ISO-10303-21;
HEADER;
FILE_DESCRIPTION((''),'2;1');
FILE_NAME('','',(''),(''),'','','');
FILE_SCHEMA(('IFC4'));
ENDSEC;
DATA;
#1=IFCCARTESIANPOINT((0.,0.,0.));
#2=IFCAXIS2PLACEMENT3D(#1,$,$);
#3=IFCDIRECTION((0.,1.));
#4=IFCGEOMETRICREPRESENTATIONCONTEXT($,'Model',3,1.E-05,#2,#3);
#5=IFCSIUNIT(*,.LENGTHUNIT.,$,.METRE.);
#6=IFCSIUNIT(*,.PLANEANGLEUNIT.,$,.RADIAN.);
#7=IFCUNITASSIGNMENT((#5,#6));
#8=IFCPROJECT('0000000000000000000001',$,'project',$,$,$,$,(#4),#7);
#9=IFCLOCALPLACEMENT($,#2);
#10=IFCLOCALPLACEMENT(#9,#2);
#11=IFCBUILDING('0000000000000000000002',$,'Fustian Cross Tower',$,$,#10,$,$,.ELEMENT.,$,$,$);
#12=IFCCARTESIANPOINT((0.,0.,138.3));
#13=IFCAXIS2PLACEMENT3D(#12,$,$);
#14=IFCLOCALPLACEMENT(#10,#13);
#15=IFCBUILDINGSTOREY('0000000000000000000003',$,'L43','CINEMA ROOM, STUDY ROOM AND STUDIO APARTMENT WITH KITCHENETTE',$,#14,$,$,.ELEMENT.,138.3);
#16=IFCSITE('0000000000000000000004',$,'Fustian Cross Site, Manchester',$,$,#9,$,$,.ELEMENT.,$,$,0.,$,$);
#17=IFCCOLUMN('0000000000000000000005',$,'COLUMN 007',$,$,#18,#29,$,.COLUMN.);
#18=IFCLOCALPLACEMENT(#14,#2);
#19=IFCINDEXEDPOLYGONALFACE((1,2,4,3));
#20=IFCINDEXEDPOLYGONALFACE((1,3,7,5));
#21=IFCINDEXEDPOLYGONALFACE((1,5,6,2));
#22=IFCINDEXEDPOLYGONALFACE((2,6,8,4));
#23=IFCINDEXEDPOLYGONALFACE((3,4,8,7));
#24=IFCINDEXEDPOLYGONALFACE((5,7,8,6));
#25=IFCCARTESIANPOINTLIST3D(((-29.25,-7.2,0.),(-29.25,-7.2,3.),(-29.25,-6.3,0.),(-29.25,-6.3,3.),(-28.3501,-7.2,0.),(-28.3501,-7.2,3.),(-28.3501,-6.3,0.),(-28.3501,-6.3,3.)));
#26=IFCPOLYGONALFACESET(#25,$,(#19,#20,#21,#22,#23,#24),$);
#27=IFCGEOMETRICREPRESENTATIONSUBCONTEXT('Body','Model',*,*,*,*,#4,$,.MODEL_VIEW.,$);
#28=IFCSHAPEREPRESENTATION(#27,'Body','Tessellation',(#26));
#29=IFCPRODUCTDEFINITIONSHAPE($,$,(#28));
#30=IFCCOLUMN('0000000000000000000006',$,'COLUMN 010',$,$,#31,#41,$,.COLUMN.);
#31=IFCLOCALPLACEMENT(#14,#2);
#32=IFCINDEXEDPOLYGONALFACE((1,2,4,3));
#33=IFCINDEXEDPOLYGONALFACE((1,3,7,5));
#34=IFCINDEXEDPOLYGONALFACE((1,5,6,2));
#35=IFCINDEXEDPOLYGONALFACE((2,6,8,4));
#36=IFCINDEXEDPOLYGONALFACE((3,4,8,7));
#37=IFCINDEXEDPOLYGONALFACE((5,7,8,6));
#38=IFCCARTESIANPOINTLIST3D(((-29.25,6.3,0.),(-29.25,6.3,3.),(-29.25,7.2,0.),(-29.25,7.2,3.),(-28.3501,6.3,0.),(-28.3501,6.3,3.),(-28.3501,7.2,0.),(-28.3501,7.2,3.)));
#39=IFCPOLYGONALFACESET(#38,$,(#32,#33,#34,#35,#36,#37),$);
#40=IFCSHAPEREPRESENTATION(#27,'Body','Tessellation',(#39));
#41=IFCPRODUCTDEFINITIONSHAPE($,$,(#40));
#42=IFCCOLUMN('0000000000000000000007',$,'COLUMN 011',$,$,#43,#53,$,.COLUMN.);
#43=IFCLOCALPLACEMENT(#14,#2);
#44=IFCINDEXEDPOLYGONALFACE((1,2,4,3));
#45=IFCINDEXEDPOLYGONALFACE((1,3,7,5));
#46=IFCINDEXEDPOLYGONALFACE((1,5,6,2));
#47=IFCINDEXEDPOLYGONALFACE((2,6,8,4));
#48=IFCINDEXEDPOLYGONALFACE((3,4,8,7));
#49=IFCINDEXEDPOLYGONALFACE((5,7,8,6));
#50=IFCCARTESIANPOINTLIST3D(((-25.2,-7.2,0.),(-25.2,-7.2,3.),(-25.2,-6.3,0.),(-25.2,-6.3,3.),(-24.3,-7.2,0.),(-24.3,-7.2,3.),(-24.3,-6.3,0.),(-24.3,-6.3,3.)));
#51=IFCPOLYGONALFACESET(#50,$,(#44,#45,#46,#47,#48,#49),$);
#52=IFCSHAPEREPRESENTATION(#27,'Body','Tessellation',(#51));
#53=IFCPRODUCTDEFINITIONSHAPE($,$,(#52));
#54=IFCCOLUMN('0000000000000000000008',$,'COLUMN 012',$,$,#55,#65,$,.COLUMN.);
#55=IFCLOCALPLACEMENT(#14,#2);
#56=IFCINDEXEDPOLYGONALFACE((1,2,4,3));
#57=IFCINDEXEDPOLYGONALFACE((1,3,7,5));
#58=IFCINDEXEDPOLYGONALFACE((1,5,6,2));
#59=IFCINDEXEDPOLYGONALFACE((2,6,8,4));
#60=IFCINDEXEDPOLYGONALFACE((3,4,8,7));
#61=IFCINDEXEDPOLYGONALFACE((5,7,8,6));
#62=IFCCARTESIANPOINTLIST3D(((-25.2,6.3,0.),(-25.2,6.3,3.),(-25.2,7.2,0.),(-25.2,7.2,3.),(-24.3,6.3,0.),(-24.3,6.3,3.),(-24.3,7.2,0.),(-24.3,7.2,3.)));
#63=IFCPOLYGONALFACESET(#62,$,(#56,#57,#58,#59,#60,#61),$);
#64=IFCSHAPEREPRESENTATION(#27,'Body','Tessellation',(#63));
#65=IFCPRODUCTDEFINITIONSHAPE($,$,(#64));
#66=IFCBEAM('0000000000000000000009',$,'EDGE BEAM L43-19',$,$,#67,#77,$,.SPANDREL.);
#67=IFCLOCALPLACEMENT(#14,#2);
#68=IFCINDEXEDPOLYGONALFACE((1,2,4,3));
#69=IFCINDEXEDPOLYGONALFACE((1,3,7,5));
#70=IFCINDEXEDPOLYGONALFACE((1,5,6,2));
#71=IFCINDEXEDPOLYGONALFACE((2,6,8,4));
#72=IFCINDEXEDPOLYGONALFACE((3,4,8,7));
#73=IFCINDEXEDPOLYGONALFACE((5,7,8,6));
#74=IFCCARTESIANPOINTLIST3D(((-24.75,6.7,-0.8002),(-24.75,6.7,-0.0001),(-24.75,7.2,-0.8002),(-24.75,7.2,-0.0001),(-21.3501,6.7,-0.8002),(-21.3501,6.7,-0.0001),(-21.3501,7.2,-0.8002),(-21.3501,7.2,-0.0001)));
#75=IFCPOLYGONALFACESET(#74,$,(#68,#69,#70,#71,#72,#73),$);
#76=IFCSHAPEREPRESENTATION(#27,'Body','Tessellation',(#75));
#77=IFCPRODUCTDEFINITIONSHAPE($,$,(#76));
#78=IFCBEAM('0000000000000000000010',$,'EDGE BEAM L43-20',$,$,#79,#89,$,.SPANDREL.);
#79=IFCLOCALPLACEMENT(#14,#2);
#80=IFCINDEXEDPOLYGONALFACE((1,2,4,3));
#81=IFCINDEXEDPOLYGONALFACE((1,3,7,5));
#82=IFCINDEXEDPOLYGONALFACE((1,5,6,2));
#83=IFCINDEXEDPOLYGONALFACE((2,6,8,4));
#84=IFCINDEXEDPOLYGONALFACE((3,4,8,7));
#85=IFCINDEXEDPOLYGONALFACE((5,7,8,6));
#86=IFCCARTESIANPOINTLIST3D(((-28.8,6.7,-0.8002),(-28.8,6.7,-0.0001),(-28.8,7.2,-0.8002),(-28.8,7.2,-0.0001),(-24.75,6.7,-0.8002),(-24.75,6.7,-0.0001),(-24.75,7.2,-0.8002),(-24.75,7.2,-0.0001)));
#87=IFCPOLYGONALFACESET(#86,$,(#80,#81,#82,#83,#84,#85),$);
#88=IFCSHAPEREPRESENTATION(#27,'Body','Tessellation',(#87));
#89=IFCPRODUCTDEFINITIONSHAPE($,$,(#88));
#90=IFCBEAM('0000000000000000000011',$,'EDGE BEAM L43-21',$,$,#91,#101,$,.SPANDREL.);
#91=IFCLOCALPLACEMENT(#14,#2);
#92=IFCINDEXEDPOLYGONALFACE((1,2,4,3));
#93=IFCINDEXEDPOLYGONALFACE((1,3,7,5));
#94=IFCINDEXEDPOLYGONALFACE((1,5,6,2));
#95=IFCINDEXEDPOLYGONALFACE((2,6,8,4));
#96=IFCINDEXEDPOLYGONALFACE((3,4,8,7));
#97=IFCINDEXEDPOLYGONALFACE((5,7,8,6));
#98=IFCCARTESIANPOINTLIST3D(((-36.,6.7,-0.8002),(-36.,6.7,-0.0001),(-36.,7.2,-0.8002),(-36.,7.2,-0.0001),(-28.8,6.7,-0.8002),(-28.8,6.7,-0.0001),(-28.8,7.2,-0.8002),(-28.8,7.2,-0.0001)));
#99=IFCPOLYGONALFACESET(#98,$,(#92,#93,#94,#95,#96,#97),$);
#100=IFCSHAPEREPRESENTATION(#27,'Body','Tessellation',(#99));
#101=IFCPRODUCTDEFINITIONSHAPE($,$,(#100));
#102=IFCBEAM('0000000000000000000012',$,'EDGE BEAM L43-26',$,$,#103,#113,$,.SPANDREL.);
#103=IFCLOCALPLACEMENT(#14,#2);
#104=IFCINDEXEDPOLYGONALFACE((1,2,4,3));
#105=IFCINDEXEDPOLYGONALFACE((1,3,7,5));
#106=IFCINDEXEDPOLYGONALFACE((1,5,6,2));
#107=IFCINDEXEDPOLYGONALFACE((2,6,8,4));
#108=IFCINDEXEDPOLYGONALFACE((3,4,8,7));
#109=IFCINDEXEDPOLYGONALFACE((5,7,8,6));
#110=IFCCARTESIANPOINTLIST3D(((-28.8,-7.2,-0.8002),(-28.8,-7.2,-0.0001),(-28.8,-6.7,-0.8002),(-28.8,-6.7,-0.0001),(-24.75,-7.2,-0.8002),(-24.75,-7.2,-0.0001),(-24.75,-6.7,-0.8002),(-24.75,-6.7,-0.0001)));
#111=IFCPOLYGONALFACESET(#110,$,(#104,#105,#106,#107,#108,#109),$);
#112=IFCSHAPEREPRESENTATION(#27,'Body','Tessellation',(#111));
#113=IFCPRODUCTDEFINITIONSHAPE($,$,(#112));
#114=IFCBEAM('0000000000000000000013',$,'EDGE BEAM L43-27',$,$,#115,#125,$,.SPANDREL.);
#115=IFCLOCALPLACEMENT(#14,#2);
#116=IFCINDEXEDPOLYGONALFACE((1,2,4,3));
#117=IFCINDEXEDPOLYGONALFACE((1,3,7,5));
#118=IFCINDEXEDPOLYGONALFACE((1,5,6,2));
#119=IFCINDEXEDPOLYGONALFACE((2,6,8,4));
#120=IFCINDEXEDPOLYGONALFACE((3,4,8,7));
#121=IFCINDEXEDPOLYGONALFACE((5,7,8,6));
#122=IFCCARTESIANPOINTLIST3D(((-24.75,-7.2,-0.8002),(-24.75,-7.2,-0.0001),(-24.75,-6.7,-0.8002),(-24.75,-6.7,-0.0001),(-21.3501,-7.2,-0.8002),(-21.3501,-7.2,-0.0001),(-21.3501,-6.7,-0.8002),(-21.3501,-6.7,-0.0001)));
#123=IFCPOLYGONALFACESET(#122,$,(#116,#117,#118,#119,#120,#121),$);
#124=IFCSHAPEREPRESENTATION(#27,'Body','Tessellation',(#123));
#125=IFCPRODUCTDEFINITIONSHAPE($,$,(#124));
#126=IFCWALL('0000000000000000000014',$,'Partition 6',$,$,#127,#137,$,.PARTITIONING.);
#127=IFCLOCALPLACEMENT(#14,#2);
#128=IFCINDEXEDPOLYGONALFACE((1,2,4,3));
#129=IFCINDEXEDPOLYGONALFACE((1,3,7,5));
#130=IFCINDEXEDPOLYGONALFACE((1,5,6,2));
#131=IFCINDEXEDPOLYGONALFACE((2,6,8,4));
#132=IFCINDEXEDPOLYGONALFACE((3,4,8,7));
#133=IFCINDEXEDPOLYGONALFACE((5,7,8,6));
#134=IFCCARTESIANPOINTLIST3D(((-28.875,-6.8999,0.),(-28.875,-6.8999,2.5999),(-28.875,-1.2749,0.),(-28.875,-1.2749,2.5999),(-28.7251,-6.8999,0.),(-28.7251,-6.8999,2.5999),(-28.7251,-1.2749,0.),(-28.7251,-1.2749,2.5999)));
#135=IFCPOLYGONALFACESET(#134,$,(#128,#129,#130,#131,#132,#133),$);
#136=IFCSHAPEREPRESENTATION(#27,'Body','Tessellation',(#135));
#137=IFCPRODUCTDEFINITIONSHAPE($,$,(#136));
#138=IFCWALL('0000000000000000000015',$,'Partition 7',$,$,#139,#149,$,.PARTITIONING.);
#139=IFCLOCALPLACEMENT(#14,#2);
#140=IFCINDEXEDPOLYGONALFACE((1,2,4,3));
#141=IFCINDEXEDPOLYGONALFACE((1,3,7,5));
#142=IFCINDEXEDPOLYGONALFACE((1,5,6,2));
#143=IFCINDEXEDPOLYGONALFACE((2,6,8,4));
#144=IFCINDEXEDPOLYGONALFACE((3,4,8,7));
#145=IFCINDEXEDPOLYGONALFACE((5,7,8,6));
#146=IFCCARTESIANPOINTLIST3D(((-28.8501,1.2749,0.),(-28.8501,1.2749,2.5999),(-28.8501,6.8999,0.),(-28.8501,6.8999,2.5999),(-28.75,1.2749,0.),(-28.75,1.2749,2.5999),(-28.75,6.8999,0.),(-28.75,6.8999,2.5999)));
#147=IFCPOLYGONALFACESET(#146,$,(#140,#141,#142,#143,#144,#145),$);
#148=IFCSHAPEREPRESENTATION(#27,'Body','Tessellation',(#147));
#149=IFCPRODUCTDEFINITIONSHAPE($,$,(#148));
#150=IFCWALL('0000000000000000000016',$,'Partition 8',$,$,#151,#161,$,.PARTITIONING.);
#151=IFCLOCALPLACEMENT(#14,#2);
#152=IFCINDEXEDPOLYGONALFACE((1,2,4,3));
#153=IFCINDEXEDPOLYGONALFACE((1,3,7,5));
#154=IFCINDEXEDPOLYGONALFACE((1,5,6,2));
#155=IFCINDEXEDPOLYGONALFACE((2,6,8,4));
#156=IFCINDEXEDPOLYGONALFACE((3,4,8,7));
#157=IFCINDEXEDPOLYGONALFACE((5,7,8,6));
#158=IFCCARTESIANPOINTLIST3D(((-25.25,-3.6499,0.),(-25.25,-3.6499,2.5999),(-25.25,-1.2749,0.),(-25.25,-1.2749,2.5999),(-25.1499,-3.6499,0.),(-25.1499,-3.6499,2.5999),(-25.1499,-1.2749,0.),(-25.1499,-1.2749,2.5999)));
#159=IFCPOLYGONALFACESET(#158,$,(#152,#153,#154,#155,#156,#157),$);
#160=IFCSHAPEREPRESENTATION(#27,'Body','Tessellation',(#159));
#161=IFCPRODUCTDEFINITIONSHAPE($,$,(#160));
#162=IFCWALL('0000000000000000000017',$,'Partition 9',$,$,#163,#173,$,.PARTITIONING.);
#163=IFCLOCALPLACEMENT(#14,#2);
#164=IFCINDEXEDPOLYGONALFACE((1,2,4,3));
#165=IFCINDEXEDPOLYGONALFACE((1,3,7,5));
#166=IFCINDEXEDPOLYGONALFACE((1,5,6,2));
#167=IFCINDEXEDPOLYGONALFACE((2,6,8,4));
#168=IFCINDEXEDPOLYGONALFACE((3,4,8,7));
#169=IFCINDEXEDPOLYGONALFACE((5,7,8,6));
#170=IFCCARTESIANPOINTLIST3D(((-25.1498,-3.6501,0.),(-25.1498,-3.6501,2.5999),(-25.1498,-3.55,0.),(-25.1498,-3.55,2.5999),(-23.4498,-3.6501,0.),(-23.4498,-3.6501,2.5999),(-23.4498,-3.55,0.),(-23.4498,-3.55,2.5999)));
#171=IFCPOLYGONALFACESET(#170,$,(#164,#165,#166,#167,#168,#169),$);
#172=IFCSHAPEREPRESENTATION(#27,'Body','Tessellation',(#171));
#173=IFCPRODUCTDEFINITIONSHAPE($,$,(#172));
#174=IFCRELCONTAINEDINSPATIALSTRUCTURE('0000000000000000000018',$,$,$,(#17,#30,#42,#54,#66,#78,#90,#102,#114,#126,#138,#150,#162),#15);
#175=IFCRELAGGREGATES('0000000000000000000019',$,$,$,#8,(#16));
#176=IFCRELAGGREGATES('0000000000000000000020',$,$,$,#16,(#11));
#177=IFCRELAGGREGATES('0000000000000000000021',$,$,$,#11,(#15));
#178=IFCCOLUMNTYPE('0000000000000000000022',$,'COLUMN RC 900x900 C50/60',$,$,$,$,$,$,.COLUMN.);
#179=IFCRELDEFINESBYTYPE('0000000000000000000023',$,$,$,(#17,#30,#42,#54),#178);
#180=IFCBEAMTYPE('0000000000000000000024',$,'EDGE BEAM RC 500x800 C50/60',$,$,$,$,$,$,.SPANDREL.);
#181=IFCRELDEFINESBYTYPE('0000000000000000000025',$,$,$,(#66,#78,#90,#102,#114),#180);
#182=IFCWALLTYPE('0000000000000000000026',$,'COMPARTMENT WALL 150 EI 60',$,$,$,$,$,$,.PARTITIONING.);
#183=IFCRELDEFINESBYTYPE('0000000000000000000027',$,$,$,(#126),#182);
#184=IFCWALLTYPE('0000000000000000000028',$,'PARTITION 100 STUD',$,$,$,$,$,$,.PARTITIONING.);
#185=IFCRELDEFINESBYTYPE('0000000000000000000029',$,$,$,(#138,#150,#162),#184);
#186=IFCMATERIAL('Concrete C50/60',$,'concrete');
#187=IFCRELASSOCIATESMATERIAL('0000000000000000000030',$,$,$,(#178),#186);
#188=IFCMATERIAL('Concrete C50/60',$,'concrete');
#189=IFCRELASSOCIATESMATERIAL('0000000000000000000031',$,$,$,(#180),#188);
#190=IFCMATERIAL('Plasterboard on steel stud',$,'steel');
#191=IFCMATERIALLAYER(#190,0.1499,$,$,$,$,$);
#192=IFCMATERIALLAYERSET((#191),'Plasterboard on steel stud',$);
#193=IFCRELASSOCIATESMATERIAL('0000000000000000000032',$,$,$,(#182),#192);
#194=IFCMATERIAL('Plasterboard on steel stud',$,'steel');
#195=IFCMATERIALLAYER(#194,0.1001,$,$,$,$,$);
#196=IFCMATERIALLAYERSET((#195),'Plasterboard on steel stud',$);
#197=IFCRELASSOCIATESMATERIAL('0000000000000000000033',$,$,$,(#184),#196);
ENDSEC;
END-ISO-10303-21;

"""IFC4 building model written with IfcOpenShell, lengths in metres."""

from ifc_helpers import new_model, si_unit, direction, frame, frame_2d, origin, origin_2d, place, context, subcontext, project, spatial, rectangle, extrude, material, layer, layer_set, material_profile, profile_set, type_object, element, save


model = new_model("IFC4")

# Units and contexts
model_context = context("Model", 3, precision=1e-05, world=origin(), true_north=direction((0.0, 1.0)))
body_context = subcontext(model_context, "Body", "Model", "MODEL_VIEW")
ifc_project = project(units=[si_unit("LENGTHUNIT", "METRE"), si_unit("PLANEANGLEUNIT", "RADIAN")], contexts=[model_context])

# Site, building, storey
site_placement = place(None, origin())
site = spatial("IfcSite", under=ifc_project, at=site_placement, Name="Fustian Cross Site, Manchester", CompositionType="ELEMENT", RefElevation=0.0)
building_placement = place(site_placement, origin())
building = spatial("IfcBuilding", under=site, at=building_placement, Name="Fustian Cross Tower", CompositionType="ELEMENT")
storey_placement = place(building_placement, frame((0.0, 0.0, 138.3)))
storey = spatial("IfcBuildingStorey", under=building, at=storey_placement, Name="L43", Description="CINEMA ROOM, STUDY ROOM AND STUDIO APARTMENT WITH KITCHENETTE", CompositionType="ELEMENT", Elevation=138.3)

# Columns
ifc_material_1 = material(Name="Concrete C50/60", Category="concrete")
ifc_material_profile_1 = material_profile(ifc_material_1, rectangle(XDim=0.8999, YDim=0.8999, at=origin_2d()), Name="RC 900x900")
ifc_profile_set_1 = profile_set([ifc_material_profile_1], Name="Concrete C50/60")
column_type = type_object("IfcColumnType", Name="COLUMN RC 900x900 C50/60", PredefinedType="COLUMN", material=ifc_profile_set_1)
for number, where, z_axis, x_axis, name in (
    (1, (-28.8, -6.75, 0.0), (0.0, 0.0, 1.0), (1.0, 0.0, 0.0), "COLUMN 007"),
    (2, (-28.8, 6.75, 0.0), (0.0, 0.0, 1.0), (1.0, 0.0, 0.0), "COLUMN 010"),
    (3, (-24.75, -6.75, 0.0), (0.0, 0.0, 1.0), (1.0, 0.0, 0.0), "COLUMN 011"),
    (4, (-24.75, 6.75, 0.0), (0.0, 0.0, 1.0), (1.0, 0.0, 0.0), "COLUMN 012"),
):
    element("IfcColumn", number, at=place(storey_placement, frame(where, z_axis=z_axis, x_axis=x_axis)), inside=storey, type_object=column_type, Name=name, PredefinedType="COLUMN", context=body_context, shape_type="SweptSolid", body=[
        extrude(rectangle(XDim=0.8999, YDim=0.8999, at=origin_2d()), origin(), (0.0, 0.0, 1.0), 3.0),
    ])

# Beams
ifc_material_2 = material(Name="Concrete C50/60", Category="concrete")
ifc_material_profile_2 = material_profile(ifc_material_2, rectangle(XDim=0.5, YDim=0.8, at=origin_2d()), Name="RC 500x800")
ifc_profile_set_2 = profile_set([ifc_material_profile_2], Name="Concrete C50/60")
beam_type = type_object("IfcBeamType", Name="EDGE BEAM RC 500x800 C50/60", PredefinedType="SPANDREL", material=ifc_profile_set_2)
beam_1_placement = place(storey_placement, frame((-21.3501, 6.95, -0.4001), z_axis=(-1.0, 0.0, 0.0), x_axis=(0.0, -1.0, 0.0)))
element("IfcBeam", 5, at=beam_1_placement, inside=storey, type_object=beam_type, Name="EDGE BEAM L43-19", PredefinedType="SPANDREL", context=body_context, shape_type="SweptSolid", body=[
    extrude(rectangle(XDim=0.5, YDim=0.8, at=origin_2d()), origin(), (0.0, 0.0, 1.0), 3.3999),
])
beam_2_placement = place(storey_placement, frame((-24.75, 6.95, -0.4001), z_axis=(-1.0, 0.0, 0.0), x_axis=(0.0, -1.0, 0.0)))
element("IfcBeam", 6, at=beam_2_placement, inside=storey, type_object=beam_type, Name="EDGE BEAM L43-20", PredefinedType="SPANDREL", context=body_context, shape_type="SweptSolid", body=[
    extrude(rectangle(XDim=0.5, YDim=0.8, at=origin_2d()), origin(), (0.0, 0.0, 1.0), 4.05),
])
beam_3_placement = place(storey_placement, frame((-28.8, 6.95, -0.4001), z_axis=(-1.0, 0.0, 0.0), x_axis=(0.0, -1.0, 0.0)))
element("IfcBeam", 7, at=beam_3_placement, inside=storey, type_object=beam_type, Name="EDGE BEAM L43-21", PredefinedType="SPANDREL", context=body_context, shape_type="SweptSolid", body=[
    extrude(rectangle(XDim=0.5, YDim=0.8, at=origin_2d()), origin(), (0.0, 0.0, 1.0), 7.2),
])
beam_4_placement = place(storey_placement, frame((-28.8, -6.95, -0.4001), z_axis=(1.0, 0.0, 0.0), x_axis=(0.0, 1.0, 0.0)))
element("IfcBeam", 8, at=beam_4_placement, inside=storey, type_object=beam_type, Name="EDGE BEAM L43-26", PredefinedType="SPANDREL", context=body_context, shape_type="SweptSolid", body=[
    extrude(rectangle(XDim=0.5, YDim=0.8, at=origin_2d()), origin(), (0.0, 0.0, 1.0), 4.05),
])
beam_5_placement = place(storey_placement, frame((-24.75, -6.95, -0.4001), z_axis=(1.0, 0.0, 0.0), x_axis=(0.0, 1.0, 0.0)))
element("IfcBeam", 9, at=beam_5_placement, inside=storey, type_object=beam_type, Name="EDGE BEAM L43-27", PredefinedType="SPANDREL", context=body_context, shape_type="SweptSolid", body=[
    extrude(rectangle(XDim=0.5, YDim=0.8, at=origin_2d()), origin(), (0.0, 0.0, 1.0), 3.3999),
])

# Walls
ifc_material_3 = material(Name="Plasterboard on steel stud", Category="steel")
ifc_layer_1 = layer(ifc_material_3, 0.1499)
ifc_layer_set_1 = layer_set([ifc_layer_1], Name="Plasterboard on steel stud")
wall_type_1 = type_object("IfcWallType", Name="COMPARTMENT WALL 150 EI 60", PredefinedType="PARTITIONING", material=ifc_layer_set_1)
wall_1_placement = place(storey_placement, frame((-28.8, -6.8999, 0.0), z_axis=(0.0, 0.0, 1.0), x_axis=(0.0, 1.0, 0.0)))
element("IfcWall", 10, at=wall_1_placement, inside=storey, type_object=wall_type_1, Name="Partition 6", PredefinedType="PARTITIONING", context=body_context, shape_type="SweptSolid", body=[
    extrude(rectangle(XDim=5.625, YDim=0.1499, at=frame_2d((2.8125, 0.0))), origin(), (0.0, 0.0, 1.0), 2.5999),
])
ifc_material_4 = material(Name="Plasterboard on steel stud", Category="steel")
ifc_layer_2 = layer(ifc_material_4, 0.1001)
ifc_layer_set_2 = layer_set([ifc_layer_2], Name="Plasterboard on steel stud")
wall_type_2 = type_object("IfcWallType", Name="PARTITION 100 STUD", PredefinedType="PARTITIONING", material=ifc_layer_set_2)
wall_2_placement = place(storey_placement, frame((-28.8, 1.2749, 0.0), z_axis=(0.0, 0.0, 1.0), x_axis=(0.0, 1.0, 0.0)))
element("IfcWall", 11, at=wall_2_placement, inside=storey, type_object=wall_type_2, Name="Partition 7", PredefinedType="PARTITIONING", context=body_context, shape_type="SweptSolid", body=[
    extrude(rectangle(XDim=5.625, YDim=0.1001, at=frame_2d((2.8125, 0.0))), origin(), (0.0, 0.0, 1.0), 2.5999),
])
wall_3_placement = place(storey_placement, frame((-25.2, -3.6499, 0.0), z_axis=(0.0, 0.0, 1.0), x_axis=(0.0, 1.0, 0.0)))
element("IfcWall", 12, at=wall_3_placement, inside=storey, type_object=wall_type_2, Name="Partition 8", PredefinedType="PARTITIONING", context=body_context, shape_type="SweptSolid", body=[
    extrude(rectangle(XDim=2.375, YDim=0.1001, at=frame_2d((1.1875, 0.0))), origin(), (0.0, 0.0, 1.0), 2.5999),
])
wall_4_placement = place(storey_placement, frame((-25.1499, -3.6001, 0.0), z_axis=(0.0, 0.0, 1.0), x_axis=(1.0, 0.0, 0.0)))
element("IfcWall", 13, at=wall_4_placement, inside=storey, type_object=wall_type_2, Name="Partition 9", PredefinedType="PARTITIONING", context=body_context, shape_type="SweptSolid", body=[
    extrude(rectangle(XDim=1.7, YDim=0.1001, at=frame_2d((0.8501, 0.0))), origin(), (0.0, 0.0, 1.0), 2.5999),
])

save(model, "model.ifc")
